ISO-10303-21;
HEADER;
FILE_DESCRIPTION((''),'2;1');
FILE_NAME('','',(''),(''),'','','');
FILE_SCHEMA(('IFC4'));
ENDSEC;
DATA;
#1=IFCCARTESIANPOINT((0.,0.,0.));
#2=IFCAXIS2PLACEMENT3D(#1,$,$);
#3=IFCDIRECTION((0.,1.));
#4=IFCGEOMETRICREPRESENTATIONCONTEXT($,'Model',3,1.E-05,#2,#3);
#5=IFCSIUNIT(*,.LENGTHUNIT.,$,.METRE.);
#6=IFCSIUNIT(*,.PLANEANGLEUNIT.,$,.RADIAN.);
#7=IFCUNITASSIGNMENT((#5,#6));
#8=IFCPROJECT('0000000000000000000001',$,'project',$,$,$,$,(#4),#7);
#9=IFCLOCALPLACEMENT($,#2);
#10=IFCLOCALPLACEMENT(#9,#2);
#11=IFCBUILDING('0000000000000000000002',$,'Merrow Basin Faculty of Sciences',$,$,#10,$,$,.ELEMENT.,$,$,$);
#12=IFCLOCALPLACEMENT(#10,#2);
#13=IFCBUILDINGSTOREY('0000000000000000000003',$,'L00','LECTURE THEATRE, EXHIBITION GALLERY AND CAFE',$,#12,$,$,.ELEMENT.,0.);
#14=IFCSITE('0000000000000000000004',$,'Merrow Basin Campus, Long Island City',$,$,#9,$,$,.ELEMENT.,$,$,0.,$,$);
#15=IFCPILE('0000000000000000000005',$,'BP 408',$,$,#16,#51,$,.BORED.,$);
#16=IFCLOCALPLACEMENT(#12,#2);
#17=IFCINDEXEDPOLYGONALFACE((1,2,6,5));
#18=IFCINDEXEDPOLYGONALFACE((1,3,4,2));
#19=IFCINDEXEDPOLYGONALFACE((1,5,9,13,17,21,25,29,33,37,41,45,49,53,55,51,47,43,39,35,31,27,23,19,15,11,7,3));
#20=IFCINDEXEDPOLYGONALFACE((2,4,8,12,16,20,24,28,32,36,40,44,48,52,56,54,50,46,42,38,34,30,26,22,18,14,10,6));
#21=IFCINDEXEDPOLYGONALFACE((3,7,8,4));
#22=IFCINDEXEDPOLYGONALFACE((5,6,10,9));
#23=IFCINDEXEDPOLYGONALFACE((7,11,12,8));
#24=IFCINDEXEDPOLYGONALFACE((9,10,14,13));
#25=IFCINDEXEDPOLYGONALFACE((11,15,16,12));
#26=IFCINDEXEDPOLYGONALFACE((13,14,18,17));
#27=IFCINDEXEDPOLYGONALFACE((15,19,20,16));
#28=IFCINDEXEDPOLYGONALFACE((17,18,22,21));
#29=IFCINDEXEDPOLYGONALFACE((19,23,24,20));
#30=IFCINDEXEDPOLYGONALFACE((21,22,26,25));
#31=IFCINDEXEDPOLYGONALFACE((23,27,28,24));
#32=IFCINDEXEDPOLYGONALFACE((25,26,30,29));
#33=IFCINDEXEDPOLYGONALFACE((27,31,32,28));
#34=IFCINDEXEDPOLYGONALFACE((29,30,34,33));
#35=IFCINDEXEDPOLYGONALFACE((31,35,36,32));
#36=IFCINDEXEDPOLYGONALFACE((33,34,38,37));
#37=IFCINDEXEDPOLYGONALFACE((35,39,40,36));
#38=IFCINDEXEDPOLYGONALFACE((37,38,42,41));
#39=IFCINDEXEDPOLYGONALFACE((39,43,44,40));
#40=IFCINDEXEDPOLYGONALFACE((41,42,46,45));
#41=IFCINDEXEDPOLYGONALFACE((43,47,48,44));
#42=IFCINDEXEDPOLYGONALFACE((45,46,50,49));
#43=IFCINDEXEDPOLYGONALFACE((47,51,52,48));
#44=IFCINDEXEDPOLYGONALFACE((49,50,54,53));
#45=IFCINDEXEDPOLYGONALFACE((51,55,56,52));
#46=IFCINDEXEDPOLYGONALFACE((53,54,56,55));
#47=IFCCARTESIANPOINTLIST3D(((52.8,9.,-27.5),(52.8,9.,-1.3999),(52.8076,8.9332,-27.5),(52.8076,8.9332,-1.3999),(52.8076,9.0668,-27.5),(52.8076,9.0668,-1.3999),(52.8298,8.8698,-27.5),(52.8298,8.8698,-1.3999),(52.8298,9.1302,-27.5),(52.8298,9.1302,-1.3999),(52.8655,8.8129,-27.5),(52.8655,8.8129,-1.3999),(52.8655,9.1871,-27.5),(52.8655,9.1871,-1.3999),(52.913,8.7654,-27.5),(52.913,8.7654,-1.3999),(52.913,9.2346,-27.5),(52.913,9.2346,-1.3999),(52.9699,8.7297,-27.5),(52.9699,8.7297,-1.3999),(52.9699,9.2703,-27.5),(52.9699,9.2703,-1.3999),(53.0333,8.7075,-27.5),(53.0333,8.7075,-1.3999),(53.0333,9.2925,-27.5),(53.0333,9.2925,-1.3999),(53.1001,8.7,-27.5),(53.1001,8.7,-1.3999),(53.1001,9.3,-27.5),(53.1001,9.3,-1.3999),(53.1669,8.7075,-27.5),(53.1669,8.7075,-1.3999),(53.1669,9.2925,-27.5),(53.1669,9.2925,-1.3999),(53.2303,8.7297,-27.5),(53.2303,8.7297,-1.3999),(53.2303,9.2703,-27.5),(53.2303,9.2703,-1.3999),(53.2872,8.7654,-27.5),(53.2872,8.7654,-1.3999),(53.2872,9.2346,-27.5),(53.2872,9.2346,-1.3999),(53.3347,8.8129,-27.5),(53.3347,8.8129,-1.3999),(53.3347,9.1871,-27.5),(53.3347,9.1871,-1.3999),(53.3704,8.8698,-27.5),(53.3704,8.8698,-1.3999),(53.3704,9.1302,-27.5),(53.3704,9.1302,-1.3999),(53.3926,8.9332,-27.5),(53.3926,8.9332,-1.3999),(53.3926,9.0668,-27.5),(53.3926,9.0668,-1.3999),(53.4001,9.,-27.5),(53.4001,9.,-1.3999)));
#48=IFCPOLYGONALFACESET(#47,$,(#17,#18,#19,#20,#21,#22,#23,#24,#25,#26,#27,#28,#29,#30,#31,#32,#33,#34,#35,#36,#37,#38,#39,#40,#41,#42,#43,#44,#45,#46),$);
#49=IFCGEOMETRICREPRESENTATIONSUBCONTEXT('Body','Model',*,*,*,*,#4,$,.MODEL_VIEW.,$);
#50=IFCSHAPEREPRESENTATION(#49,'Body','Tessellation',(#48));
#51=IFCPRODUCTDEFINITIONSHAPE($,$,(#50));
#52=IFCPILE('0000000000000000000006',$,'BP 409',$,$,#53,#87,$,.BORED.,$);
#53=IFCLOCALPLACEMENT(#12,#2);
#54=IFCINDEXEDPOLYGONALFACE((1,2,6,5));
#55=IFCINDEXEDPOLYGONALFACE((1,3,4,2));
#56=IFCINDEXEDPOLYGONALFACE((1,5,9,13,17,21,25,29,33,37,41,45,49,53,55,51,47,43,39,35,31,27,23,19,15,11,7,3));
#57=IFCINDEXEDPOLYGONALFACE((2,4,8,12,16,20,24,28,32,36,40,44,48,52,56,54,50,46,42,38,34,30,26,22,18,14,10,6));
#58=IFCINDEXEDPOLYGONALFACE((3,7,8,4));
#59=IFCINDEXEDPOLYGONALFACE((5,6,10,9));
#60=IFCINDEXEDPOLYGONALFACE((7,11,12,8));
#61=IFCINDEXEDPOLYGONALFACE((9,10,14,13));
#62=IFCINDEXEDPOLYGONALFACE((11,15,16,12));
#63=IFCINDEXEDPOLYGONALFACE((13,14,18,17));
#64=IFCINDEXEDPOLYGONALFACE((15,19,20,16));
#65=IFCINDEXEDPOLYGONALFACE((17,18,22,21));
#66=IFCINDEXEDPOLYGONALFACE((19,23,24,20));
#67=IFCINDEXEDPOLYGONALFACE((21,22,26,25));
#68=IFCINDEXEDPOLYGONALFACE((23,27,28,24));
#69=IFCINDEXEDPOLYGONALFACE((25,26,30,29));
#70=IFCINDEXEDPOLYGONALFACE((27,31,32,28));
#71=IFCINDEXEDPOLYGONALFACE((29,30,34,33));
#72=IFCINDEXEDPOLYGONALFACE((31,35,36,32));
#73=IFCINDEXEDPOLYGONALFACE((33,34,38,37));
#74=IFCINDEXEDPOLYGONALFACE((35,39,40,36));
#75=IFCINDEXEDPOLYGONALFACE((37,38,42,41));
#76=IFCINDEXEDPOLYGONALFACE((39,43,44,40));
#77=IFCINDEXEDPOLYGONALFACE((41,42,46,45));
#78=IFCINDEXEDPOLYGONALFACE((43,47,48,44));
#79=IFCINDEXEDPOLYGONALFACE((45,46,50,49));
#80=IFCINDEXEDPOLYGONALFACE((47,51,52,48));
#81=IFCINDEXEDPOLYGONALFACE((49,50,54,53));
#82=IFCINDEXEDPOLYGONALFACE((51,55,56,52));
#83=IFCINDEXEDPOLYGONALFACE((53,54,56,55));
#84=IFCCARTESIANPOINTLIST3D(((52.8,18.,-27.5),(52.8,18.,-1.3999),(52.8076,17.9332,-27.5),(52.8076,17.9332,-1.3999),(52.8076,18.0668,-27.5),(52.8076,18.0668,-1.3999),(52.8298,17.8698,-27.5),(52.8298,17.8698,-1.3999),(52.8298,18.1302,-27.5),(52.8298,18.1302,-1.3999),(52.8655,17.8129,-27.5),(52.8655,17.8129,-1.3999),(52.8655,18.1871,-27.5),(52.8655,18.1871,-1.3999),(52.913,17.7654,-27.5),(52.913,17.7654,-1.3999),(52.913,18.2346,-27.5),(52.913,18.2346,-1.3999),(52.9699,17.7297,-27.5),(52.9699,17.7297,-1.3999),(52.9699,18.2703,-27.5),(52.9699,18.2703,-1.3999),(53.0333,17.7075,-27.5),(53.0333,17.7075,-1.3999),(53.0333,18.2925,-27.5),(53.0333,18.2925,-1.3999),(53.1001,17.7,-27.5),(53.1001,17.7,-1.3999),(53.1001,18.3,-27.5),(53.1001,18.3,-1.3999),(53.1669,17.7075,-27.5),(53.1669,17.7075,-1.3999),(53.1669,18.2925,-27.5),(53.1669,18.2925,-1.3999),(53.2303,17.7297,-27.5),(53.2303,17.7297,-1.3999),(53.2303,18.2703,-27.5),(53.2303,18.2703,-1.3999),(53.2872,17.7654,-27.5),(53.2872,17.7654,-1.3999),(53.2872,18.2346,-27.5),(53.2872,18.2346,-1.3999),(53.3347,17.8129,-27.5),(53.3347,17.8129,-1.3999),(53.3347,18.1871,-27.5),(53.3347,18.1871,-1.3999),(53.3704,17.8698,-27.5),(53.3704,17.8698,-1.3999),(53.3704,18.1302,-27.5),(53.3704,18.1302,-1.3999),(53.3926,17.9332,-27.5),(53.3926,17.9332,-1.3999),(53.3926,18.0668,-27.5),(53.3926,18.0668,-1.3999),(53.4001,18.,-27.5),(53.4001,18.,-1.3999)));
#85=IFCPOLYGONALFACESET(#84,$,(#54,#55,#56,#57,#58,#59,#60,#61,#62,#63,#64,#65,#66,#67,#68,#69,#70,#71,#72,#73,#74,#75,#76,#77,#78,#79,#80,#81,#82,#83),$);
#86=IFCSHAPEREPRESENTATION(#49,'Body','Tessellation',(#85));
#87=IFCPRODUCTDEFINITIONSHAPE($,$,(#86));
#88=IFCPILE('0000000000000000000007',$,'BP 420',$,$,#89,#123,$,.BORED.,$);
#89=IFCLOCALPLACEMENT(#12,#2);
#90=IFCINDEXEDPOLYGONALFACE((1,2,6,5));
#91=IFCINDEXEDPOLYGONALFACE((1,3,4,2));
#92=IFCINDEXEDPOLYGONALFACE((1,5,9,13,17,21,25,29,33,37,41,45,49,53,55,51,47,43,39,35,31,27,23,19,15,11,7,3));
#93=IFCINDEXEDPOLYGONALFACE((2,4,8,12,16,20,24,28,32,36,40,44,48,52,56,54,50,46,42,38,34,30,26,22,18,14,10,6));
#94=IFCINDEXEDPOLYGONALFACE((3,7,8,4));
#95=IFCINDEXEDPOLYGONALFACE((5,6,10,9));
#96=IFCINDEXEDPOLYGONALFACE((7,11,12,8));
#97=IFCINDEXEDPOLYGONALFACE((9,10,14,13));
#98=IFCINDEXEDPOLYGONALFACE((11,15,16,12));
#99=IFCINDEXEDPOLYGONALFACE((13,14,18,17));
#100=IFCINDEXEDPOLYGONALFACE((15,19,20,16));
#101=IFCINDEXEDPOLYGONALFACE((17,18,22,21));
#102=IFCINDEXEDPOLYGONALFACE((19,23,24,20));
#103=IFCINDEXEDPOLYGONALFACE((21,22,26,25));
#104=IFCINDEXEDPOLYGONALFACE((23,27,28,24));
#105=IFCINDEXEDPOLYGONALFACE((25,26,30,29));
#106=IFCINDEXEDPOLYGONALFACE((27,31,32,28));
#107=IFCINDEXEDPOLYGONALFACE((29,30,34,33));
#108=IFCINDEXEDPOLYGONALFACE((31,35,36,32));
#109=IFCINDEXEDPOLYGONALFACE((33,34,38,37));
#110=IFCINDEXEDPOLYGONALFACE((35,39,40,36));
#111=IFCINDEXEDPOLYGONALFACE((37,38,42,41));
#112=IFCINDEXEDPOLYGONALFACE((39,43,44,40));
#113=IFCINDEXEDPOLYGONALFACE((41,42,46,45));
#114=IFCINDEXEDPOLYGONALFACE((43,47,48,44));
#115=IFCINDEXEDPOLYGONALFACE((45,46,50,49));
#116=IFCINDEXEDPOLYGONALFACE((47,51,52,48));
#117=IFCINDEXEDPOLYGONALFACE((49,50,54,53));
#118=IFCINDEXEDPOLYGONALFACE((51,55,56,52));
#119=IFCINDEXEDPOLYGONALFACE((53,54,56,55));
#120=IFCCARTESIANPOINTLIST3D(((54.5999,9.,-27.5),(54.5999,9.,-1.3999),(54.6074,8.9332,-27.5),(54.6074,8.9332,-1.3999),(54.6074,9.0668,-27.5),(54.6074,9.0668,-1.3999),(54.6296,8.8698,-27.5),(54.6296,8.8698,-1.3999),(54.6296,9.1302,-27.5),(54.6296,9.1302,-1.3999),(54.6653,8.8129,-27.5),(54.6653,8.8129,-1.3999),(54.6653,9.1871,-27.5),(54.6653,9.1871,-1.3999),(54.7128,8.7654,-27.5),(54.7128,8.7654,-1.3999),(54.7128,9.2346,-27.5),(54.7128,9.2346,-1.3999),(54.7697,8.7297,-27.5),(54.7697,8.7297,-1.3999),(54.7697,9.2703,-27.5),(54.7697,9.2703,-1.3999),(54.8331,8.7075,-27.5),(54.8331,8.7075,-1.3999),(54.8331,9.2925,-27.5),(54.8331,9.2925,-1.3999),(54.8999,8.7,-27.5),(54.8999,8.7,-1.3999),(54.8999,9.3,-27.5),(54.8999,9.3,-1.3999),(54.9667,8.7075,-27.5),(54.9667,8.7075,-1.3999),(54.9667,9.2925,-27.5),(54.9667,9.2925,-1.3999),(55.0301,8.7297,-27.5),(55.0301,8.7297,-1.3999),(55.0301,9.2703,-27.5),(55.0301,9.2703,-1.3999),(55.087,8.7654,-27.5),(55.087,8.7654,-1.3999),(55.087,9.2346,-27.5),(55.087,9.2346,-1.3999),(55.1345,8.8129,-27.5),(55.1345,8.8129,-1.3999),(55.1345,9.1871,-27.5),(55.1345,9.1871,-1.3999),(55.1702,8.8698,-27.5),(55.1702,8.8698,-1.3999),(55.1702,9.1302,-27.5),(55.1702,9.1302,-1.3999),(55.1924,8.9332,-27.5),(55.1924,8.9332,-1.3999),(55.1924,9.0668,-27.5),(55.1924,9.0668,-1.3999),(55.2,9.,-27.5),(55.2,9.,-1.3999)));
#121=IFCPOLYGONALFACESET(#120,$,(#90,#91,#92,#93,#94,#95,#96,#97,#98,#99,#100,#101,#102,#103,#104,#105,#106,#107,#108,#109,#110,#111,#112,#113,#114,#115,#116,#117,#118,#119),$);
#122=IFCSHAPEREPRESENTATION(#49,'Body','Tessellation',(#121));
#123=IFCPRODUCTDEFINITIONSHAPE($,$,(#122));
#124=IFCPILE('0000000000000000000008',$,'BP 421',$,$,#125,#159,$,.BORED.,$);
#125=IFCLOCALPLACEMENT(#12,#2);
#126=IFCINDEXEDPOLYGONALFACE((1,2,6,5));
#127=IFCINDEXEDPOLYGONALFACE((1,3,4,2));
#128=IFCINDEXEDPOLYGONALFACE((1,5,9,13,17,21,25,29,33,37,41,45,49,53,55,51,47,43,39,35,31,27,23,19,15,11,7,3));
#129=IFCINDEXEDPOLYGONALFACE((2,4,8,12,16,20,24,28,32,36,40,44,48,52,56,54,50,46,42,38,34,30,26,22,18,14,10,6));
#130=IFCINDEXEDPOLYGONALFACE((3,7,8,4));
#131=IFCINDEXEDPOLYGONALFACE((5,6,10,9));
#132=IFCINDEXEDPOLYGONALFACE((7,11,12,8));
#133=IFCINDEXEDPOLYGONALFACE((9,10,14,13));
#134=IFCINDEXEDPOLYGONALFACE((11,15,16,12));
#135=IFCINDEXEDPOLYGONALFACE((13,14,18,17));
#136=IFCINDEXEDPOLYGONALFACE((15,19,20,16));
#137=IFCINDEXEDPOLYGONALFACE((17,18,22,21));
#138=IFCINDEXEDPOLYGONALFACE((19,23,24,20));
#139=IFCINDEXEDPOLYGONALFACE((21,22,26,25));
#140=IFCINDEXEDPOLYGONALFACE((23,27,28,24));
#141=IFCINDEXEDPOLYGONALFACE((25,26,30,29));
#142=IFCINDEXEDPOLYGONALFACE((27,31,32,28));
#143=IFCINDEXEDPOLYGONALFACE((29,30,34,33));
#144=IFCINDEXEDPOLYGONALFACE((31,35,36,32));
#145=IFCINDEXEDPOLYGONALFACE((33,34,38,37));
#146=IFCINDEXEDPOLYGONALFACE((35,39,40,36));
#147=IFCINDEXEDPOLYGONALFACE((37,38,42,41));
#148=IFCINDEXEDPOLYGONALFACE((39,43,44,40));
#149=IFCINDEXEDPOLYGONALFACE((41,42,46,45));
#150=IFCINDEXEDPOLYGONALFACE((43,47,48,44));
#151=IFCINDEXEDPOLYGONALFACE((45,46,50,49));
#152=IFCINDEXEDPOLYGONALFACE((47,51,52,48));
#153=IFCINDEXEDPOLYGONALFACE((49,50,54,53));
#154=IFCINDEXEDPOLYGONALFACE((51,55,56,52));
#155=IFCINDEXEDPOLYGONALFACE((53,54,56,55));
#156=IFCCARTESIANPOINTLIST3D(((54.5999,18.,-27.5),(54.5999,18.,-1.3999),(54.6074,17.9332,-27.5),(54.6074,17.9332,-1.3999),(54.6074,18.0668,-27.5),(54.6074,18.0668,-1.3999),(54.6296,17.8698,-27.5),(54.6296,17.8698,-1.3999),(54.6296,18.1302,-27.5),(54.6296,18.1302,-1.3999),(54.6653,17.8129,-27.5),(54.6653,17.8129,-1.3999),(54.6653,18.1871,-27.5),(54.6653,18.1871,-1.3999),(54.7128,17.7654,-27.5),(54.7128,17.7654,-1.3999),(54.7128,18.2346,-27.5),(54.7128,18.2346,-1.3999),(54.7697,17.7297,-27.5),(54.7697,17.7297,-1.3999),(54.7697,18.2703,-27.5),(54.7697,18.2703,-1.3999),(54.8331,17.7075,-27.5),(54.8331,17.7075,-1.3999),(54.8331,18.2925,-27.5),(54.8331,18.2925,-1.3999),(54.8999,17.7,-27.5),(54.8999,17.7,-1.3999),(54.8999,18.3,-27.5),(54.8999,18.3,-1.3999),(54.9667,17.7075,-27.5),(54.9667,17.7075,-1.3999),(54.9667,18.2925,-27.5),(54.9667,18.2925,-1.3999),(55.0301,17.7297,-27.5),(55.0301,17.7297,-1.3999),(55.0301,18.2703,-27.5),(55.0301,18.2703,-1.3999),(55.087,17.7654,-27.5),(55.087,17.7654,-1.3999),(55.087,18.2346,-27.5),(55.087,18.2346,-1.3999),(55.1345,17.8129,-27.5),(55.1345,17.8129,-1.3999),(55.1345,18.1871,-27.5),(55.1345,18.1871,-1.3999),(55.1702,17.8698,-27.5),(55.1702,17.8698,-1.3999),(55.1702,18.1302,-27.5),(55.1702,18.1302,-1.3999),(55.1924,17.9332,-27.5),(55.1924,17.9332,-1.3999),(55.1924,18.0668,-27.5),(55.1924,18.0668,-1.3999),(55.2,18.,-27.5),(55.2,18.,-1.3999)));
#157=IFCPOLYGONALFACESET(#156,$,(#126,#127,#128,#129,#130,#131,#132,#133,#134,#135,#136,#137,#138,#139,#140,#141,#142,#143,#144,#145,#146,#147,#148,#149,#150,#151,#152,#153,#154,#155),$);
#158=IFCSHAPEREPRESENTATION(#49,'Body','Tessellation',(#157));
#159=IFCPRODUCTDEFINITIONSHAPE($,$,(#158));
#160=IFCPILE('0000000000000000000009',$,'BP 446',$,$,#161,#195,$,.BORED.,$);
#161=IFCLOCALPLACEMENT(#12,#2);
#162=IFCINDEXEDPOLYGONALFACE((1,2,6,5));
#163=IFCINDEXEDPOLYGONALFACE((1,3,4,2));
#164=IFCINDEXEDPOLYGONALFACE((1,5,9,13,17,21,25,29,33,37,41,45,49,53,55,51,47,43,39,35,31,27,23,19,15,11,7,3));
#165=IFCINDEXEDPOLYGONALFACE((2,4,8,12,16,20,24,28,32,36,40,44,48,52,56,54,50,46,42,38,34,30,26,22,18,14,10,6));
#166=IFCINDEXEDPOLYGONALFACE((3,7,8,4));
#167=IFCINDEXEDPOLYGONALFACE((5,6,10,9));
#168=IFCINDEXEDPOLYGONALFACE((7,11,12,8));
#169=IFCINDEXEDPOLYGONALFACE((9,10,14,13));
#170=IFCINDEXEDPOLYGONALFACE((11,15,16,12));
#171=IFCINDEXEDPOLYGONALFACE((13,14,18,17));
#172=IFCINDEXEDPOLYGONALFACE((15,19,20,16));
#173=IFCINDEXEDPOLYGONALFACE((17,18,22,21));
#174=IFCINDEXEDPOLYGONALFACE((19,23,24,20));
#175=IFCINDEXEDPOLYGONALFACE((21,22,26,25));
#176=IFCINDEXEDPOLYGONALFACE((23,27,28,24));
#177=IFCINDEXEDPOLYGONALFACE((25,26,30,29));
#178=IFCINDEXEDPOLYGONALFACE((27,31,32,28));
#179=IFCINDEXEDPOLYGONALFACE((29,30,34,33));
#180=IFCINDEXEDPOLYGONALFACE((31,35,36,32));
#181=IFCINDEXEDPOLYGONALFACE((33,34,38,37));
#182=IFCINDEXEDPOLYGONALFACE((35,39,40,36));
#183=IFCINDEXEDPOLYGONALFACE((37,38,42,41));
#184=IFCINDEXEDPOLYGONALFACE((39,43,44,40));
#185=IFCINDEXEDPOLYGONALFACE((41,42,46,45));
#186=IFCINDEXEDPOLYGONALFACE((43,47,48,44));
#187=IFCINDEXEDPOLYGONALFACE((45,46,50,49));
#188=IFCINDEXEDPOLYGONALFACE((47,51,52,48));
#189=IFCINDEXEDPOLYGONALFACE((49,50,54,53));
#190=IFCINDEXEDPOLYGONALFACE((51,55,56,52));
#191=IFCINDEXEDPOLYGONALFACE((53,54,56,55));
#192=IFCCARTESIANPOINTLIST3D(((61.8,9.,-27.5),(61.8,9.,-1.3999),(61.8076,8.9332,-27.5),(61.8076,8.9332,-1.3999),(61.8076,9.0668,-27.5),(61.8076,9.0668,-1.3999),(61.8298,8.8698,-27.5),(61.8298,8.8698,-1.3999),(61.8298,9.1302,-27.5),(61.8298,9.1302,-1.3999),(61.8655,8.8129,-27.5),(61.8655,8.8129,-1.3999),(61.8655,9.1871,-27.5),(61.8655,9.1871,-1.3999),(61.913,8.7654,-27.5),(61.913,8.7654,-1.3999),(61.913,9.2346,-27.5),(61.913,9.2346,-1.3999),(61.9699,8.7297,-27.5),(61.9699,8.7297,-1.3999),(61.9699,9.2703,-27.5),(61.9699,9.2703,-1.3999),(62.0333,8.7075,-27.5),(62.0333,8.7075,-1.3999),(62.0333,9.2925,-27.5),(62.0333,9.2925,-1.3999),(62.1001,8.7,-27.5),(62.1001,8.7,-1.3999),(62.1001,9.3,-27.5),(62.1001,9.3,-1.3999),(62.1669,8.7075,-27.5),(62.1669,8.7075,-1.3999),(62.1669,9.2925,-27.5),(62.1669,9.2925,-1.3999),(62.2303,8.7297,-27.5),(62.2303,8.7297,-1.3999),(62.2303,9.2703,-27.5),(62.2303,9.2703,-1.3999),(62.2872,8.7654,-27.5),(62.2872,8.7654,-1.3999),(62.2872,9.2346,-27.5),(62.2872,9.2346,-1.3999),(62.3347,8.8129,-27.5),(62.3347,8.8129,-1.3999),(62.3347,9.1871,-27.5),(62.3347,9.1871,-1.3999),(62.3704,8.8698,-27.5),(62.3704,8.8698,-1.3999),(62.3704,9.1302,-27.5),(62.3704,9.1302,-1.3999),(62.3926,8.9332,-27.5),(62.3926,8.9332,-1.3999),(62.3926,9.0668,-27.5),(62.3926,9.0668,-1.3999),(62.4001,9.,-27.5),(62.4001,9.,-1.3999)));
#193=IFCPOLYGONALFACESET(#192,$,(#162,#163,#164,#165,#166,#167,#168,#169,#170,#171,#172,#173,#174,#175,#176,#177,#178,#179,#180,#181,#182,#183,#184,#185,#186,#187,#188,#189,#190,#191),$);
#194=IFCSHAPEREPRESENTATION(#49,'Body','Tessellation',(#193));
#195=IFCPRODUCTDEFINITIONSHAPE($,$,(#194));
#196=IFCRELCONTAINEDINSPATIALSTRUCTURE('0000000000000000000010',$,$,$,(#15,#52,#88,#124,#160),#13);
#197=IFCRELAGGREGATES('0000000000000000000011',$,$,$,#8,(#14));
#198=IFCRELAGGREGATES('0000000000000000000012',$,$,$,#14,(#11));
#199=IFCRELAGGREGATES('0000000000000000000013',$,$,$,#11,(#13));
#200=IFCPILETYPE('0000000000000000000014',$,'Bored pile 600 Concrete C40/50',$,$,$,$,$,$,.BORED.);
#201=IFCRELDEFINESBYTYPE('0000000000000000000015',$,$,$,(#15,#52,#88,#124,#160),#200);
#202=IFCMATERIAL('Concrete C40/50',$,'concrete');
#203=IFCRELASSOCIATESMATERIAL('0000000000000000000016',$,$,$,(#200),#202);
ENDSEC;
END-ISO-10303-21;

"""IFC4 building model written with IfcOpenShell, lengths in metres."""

from ifc_helpers import new_model, si_unit, direction, frame, origin, origin_2d, place, context, subcontext, project, spatial, circle, extrude, material, material_profile, profile_set, type_object, element, save


model = new_model("IFC4")

# Units and contexts
model_context = context("Model", 3, precision=1e-05, world=origin(), true_north=direction((0.0, 1.0)))
body_context = subcontext(model_context, "Body", "Model", "MODEL_VIEW")
ifc_project = project(units=[si_unit("LENGTHUNIT", "METRE"), si_unit("PLANEANGLEUNIT", "RADIAN")], contexts=[model_context])

# Site, building, storey
site_placement = place(None, origin())
site = spatial("IfcSite", under=ifc_project, at=site_placement, Name="Merrow Basin Campus, Long Island City", CompositionType="ELEMENT", RefElevation=0.0)
building_placement = place(site_placement, origin())
building = spatial("IfcBuilding", under=site, at=building_placement, Name="Merrow Basin Faculty of Sciences", CompositionType="ELEMENT")
storey_placement = place(building_placement, origin())
storey = spatial("IfcBuildingStorey", under=building, at=storey_placement, Name="L00", Description="LECTURE THEATRE, EXHIBITION GALLERY AND CAFE", CompositionType="ELEMENT", Elevation=0.0)

# Piles
ifc_material_1 = material(Name="Concrete C40/50", Category="concrete")
ifc_material_profile_1 = material_profile(ifc_material_1, circle(Radius=0.3, at=origin_2d()))
ifc_profile_set_1 = profile_set([ifc_material_profile_1], Name="Concrete C40/50")
pile_type_1 = type_object("IfcPileType", Name="Bored pile 600 Concrete C40/50", PredefinedType="BORED", material=ifc_profile_set_1)
for number, where, z_axis, x_axis, name in (
    (1, (53.1001, 9.0, -1.3999), (0.0, 0.0, -1.0), (1.0, 0.0, 0.0), "BP 408"),
    (2, (53.1001, 18.0, -1.3999), (0.0, 0.0, -1.0), (1.0, 0.0, 0.0), "BP 409"),
    (3, (54.8999, 9.0, -1.3999), (0.0, 0.0, -1.0), (1.0, 0.0, 0.0), "BP 420"),
    (4, (54.8999, 18.0, -1.3999), (0.0, 0.0, -1.0), (1.0, 0.0, 0.0), "BP 421"),
    (5, (62.1001, 9.0, -1.3999), (0.0, 0.0, -1.0), (1.0, 0.0, 0.0), "BP 446"),
):
    element("IfcPile", number, at=place(storey_placement, frame(where, z_axis=z_axis, x_axis=x_axis)), inside=storey, type_object=pile_type_1, Name=name, PredefinedType="BORED", context=body_context, shape_type="SweptSolid", body=[
        extrude(circle(Radius=0.3, at=origin_2d()), origin(), (0.0, 0.0, 1.0), 26.1001),
    ])

save(model, "model.ifc")
